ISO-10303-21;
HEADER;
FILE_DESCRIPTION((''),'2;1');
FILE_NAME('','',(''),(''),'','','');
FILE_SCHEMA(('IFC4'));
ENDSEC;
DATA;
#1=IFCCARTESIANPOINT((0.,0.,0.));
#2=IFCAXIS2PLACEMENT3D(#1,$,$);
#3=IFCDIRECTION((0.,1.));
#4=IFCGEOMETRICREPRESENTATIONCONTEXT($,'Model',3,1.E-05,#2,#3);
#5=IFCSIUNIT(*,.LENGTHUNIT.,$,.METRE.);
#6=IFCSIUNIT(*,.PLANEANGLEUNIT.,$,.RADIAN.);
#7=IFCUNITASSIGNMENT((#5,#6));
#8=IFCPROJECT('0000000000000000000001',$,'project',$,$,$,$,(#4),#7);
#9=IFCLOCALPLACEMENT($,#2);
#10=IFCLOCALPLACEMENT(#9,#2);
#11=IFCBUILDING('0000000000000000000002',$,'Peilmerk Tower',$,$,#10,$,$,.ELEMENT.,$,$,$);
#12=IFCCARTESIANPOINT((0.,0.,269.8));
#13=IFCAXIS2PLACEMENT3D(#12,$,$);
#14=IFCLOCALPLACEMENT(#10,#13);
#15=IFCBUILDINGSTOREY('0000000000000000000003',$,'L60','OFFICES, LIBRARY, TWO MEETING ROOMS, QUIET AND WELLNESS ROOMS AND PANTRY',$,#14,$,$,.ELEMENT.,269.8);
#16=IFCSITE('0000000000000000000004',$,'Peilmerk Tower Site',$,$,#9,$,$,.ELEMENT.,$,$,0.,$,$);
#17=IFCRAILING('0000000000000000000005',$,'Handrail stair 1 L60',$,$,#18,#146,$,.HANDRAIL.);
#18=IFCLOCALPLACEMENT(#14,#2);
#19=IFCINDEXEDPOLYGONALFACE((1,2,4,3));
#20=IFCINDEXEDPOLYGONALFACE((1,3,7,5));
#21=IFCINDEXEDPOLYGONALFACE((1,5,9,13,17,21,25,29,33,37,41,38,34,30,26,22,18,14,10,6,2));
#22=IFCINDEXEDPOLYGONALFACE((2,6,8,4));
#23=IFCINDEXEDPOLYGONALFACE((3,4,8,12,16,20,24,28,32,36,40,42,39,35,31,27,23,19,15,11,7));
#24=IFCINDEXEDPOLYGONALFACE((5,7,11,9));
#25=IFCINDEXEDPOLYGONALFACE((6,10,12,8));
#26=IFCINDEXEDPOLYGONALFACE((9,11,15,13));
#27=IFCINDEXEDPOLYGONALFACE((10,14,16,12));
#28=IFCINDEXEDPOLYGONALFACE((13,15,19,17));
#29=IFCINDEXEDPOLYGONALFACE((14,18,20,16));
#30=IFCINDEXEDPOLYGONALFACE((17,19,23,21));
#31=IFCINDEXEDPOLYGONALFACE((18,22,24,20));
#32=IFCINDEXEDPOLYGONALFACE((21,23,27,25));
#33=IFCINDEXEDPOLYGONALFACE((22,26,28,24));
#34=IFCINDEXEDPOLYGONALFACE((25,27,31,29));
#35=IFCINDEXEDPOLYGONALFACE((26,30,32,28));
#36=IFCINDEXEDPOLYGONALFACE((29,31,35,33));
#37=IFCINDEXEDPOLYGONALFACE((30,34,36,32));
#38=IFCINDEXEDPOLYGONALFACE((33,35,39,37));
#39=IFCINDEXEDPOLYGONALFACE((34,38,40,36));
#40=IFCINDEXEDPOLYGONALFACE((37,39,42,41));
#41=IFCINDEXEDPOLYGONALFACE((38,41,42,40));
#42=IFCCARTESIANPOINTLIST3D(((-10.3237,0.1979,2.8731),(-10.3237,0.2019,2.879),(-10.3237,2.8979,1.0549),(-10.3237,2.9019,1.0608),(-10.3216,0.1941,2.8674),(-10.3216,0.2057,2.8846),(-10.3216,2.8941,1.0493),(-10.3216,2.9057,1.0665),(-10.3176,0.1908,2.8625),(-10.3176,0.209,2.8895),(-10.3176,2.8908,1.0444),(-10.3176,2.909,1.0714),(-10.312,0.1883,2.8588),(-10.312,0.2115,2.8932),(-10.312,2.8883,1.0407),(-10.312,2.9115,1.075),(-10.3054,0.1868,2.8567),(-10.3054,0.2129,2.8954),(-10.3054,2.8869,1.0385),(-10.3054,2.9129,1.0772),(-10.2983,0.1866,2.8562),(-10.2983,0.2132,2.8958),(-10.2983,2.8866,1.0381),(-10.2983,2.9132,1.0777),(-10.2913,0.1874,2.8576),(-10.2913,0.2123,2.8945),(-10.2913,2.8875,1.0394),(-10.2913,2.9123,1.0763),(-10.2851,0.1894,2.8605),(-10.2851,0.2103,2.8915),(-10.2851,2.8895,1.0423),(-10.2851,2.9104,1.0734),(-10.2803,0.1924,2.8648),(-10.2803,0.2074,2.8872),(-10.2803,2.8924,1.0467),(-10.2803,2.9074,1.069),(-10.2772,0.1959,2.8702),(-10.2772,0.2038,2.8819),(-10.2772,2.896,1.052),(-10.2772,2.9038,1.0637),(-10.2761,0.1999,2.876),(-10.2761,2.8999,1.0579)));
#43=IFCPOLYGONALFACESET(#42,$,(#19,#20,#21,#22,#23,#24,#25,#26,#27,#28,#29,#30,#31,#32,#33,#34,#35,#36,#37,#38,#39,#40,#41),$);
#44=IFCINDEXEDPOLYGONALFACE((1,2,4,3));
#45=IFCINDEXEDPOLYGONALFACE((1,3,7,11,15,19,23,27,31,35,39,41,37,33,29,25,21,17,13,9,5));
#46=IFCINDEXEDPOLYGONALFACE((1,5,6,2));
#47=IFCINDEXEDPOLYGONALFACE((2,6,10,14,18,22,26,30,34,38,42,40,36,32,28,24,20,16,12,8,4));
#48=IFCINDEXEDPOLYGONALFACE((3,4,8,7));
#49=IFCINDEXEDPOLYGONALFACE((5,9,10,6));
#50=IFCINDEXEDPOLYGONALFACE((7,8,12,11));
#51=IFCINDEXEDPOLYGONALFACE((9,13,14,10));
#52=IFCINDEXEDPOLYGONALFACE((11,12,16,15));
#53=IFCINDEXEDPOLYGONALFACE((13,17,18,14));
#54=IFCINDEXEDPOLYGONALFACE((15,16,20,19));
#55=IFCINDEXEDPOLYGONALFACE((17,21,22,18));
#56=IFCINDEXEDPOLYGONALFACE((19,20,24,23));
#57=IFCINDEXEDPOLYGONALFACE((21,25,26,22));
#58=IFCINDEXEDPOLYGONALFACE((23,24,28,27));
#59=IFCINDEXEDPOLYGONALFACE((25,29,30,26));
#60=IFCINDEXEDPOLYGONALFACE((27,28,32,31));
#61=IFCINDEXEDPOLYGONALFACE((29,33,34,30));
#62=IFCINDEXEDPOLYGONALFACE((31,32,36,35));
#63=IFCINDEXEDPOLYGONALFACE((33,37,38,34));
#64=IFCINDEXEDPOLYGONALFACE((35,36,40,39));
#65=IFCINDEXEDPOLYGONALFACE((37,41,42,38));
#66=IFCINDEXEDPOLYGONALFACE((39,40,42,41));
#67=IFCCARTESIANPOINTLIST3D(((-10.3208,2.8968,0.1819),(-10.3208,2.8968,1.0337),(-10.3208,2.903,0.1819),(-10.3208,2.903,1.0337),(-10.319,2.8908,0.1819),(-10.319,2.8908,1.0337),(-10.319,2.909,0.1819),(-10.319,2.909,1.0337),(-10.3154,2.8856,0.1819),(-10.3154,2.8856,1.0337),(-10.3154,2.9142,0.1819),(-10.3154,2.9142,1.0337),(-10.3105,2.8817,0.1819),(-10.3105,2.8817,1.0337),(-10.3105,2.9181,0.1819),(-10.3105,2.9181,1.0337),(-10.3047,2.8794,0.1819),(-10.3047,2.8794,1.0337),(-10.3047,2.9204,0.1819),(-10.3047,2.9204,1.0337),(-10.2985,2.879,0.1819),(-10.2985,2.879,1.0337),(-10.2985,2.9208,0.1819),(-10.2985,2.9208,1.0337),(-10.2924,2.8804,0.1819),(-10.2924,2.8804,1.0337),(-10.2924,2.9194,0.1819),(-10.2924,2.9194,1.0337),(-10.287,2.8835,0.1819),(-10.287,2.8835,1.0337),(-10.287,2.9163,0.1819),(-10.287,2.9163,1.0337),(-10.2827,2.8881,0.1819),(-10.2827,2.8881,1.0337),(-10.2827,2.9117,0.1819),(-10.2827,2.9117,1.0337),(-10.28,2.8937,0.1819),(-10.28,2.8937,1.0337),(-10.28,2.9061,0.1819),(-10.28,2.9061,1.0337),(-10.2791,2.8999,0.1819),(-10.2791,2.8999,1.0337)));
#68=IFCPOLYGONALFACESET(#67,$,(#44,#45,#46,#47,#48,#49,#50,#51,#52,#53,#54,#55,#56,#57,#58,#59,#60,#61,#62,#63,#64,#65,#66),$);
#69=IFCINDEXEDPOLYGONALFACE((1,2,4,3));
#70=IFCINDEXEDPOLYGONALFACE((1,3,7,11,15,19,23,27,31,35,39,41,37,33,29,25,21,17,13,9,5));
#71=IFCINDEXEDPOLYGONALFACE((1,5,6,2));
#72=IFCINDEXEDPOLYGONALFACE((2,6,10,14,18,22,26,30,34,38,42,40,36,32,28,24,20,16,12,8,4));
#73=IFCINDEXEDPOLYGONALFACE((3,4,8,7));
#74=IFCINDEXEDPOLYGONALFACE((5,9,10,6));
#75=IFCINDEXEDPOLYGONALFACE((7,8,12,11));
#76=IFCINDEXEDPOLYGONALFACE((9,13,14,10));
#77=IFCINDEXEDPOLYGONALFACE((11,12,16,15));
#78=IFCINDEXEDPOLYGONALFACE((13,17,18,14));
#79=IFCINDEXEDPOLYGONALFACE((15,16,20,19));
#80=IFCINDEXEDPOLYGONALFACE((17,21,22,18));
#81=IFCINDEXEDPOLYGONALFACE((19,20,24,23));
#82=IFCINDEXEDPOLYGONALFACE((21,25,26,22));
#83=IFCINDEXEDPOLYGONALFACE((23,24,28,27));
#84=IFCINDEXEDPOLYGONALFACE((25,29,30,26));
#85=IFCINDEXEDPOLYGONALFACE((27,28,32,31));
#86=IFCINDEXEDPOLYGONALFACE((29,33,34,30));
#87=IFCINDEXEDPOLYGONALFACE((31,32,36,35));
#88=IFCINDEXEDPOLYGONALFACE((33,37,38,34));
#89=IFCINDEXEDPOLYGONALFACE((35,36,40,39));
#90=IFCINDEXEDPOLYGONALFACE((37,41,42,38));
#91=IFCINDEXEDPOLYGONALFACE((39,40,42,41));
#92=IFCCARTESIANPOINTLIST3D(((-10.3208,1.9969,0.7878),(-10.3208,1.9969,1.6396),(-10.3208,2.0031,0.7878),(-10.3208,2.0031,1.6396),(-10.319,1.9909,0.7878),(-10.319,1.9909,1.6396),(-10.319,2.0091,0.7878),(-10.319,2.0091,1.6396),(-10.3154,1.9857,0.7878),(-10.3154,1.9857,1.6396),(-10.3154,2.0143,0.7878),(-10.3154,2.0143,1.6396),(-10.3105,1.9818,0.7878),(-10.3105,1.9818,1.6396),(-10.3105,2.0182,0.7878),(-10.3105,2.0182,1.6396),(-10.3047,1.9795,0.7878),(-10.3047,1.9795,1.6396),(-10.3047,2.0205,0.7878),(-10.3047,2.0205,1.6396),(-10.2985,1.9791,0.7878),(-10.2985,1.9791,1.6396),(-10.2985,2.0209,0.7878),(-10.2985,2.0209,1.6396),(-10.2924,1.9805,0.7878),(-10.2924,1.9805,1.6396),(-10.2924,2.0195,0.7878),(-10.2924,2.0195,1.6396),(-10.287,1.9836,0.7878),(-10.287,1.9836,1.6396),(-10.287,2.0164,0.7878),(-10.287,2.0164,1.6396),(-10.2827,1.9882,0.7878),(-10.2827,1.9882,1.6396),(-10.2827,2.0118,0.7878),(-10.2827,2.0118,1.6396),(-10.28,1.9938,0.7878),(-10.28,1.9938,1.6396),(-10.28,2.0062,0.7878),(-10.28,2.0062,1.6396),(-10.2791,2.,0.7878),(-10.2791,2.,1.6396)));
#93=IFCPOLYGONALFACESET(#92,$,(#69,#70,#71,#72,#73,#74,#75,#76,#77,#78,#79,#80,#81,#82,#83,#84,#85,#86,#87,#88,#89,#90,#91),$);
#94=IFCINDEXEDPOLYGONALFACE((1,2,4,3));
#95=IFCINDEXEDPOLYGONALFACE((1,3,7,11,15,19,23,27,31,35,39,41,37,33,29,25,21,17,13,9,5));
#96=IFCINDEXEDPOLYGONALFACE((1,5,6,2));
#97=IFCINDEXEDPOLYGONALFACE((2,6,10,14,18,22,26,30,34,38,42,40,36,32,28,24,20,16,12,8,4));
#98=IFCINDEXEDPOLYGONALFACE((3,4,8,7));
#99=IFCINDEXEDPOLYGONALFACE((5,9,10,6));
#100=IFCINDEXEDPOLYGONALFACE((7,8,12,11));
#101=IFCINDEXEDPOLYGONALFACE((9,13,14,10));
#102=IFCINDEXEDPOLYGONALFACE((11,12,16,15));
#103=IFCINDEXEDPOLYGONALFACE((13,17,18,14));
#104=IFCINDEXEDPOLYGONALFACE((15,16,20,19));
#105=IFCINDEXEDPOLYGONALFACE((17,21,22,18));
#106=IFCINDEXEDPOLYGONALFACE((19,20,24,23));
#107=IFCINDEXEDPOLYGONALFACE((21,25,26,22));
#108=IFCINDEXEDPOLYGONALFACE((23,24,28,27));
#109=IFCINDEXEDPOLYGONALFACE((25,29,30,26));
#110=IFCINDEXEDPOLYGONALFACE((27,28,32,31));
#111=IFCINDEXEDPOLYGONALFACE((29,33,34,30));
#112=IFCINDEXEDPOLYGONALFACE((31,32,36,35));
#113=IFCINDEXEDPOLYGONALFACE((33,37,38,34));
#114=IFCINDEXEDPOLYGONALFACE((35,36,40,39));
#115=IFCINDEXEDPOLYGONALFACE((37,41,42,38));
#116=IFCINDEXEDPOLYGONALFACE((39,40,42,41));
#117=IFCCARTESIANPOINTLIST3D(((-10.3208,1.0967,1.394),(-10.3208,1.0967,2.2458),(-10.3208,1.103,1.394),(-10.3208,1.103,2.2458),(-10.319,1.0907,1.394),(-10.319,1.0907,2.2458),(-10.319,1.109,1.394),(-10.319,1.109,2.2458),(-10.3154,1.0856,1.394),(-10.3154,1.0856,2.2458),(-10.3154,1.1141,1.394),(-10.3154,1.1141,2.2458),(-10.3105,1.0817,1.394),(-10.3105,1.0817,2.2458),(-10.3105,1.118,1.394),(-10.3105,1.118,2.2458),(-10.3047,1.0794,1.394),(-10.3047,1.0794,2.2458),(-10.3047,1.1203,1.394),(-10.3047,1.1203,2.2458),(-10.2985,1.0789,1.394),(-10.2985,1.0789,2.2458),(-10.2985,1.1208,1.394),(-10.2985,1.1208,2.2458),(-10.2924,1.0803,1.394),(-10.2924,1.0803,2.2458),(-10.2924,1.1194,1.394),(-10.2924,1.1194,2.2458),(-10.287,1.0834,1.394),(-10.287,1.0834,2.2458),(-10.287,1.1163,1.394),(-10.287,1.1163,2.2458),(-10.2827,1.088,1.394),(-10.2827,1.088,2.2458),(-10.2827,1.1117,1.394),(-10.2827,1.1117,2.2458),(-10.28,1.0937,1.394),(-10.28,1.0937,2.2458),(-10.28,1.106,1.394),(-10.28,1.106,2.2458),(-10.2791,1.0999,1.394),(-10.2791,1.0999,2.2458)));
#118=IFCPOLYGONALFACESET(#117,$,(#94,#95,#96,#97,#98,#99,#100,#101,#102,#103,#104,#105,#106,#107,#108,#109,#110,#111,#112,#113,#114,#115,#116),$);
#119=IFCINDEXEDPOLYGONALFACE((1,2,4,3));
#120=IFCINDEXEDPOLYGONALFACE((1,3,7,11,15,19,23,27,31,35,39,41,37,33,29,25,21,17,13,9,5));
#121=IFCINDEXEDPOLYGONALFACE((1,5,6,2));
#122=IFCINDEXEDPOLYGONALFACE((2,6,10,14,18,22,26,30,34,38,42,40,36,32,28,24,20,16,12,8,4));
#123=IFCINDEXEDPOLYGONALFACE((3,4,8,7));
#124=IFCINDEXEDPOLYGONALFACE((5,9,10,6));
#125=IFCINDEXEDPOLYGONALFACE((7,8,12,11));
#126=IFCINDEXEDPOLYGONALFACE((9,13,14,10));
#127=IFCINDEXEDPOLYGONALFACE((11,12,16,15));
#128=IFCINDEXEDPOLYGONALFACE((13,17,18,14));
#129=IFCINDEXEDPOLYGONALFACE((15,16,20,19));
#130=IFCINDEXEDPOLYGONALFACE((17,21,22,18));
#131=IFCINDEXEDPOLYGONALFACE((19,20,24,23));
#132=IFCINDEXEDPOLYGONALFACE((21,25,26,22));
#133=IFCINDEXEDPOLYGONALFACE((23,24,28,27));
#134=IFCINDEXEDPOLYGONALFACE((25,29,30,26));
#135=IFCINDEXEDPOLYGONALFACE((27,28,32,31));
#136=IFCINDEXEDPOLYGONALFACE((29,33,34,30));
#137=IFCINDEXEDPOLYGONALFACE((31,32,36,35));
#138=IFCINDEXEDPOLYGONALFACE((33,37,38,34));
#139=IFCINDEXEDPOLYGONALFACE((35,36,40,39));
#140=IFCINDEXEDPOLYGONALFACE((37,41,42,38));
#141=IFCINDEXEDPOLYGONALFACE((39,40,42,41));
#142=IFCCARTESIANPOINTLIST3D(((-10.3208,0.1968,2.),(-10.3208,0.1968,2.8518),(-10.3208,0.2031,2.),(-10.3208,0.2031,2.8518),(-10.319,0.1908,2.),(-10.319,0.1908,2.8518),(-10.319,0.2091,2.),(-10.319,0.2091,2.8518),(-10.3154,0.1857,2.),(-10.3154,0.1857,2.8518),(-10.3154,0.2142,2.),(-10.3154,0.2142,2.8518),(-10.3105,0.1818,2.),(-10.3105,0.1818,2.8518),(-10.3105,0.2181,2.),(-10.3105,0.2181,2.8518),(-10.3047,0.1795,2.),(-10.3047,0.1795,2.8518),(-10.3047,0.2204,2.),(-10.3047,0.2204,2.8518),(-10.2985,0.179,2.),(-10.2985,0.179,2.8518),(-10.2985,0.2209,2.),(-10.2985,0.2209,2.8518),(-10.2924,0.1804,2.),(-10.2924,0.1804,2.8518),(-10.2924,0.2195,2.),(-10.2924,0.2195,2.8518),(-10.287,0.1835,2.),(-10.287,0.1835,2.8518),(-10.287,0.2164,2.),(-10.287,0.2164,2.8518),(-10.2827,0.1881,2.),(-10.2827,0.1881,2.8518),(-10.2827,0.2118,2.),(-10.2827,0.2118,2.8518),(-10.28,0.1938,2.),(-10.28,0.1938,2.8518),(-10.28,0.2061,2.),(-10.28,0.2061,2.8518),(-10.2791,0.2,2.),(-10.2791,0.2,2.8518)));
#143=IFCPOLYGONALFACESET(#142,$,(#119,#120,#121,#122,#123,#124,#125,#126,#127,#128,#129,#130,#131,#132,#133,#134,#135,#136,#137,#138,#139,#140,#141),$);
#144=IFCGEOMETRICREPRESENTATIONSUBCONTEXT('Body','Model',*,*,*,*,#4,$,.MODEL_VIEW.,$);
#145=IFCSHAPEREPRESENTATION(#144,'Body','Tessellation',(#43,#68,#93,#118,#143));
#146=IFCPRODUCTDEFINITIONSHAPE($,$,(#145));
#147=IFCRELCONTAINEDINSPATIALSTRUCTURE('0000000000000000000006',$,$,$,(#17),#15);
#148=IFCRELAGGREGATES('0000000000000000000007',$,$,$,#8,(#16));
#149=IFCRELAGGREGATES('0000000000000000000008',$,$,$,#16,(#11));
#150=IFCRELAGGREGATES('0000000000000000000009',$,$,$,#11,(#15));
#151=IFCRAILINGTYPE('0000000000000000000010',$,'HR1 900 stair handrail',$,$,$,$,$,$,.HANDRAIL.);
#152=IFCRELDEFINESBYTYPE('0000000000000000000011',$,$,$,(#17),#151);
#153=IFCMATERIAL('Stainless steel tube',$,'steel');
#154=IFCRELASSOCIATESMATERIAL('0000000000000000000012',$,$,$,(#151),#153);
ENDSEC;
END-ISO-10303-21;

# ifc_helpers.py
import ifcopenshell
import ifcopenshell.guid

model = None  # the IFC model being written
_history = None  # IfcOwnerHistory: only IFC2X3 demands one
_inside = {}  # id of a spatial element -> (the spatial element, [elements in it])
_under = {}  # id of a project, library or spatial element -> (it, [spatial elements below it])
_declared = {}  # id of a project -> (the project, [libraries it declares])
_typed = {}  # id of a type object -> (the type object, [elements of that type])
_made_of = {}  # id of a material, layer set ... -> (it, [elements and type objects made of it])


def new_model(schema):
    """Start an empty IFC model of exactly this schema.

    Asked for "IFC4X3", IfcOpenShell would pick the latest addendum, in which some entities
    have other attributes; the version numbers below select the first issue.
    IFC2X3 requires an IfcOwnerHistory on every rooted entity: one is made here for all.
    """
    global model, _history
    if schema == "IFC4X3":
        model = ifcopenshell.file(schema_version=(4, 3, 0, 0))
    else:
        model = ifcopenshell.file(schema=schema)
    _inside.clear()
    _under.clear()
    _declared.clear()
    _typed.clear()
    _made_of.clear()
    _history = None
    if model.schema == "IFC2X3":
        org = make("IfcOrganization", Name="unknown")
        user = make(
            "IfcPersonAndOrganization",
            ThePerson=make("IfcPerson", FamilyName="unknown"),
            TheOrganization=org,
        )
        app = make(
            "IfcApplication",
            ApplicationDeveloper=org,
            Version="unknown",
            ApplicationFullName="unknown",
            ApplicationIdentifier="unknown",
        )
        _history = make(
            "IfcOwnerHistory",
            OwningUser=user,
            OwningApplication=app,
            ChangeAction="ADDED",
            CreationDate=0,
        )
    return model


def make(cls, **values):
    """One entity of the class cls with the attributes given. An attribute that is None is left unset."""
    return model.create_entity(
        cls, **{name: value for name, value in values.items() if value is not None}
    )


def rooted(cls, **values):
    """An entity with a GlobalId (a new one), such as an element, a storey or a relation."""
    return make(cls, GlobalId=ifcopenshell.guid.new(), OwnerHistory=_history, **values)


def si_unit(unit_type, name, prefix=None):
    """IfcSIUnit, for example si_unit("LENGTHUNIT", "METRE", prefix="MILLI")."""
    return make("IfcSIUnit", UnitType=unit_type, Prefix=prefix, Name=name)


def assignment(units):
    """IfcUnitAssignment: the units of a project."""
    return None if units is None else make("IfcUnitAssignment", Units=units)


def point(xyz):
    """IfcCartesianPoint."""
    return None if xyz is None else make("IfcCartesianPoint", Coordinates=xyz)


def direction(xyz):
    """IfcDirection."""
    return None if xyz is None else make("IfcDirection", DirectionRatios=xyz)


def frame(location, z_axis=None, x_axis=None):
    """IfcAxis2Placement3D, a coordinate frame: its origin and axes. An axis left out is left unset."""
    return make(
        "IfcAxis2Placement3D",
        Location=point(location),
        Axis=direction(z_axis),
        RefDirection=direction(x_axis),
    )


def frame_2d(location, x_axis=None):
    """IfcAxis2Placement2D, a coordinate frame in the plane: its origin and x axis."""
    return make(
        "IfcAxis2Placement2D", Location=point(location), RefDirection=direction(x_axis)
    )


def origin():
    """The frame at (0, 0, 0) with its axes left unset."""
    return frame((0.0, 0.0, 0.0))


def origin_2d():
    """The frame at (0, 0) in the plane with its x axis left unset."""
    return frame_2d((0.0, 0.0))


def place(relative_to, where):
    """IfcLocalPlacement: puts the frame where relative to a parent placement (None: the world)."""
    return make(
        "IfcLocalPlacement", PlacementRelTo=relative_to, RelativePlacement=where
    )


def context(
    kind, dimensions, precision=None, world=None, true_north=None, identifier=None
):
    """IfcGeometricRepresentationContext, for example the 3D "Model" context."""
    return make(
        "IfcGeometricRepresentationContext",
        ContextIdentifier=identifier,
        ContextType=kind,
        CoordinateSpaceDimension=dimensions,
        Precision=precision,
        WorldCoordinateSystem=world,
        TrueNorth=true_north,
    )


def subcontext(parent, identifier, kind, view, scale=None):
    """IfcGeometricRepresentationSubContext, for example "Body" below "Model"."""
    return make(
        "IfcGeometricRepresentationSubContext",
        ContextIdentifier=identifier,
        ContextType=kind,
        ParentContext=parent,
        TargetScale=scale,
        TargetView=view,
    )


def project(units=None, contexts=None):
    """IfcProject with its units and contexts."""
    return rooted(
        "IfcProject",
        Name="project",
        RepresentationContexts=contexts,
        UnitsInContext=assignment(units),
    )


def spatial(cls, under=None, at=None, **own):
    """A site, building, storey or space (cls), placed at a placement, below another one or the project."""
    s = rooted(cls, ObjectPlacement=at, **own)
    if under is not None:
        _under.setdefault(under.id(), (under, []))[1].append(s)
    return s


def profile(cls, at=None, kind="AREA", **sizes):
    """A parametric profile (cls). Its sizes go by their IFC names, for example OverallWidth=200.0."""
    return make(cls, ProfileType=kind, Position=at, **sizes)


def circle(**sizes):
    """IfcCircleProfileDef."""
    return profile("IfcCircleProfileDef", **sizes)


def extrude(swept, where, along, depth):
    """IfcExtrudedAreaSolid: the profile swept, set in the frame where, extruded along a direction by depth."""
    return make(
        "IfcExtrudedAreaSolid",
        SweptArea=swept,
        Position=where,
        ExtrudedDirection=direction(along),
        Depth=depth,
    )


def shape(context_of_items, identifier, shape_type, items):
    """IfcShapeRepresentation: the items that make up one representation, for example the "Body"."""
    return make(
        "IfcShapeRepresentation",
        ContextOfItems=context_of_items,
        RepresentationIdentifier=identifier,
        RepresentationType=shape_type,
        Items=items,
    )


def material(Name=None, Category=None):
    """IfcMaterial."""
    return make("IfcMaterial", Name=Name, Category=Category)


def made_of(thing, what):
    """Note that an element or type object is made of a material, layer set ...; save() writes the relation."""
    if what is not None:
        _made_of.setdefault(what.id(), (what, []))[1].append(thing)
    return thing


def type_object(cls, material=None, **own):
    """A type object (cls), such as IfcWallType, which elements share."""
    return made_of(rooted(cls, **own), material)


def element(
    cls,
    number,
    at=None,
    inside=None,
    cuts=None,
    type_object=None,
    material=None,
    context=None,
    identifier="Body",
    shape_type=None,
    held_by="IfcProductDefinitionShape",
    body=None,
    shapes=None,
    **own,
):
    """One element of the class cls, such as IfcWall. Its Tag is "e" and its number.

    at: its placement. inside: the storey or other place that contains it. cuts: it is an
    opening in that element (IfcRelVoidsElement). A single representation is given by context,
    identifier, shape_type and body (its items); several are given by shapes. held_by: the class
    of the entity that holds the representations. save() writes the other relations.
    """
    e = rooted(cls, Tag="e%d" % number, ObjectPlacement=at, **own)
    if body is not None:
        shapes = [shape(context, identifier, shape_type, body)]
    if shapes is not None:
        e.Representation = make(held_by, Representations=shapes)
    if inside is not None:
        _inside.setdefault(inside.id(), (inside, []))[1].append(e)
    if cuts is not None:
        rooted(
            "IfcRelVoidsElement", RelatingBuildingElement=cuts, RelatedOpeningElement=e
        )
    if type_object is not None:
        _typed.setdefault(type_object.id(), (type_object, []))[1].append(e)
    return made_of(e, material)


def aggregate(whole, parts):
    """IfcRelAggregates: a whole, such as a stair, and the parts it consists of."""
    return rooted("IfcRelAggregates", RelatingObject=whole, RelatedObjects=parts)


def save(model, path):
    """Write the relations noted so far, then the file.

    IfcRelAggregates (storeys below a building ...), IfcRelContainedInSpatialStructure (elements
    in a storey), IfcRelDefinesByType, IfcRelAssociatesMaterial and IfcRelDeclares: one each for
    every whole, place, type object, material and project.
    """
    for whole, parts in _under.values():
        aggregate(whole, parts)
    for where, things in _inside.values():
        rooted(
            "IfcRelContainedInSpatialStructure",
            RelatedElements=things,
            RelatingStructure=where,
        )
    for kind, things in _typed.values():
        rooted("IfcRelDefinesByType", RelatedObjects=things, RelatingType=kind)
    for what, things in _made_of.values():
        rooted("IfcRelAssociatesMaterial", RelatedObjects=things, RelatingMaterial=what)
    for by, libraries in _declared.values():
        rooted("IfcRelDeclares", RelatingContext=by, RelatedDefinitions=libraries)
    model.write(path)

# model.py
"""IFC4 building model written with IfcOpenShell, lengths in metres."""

from ifc_helpers import new_model, si_unit, direction, frame, origin, origin_2d, place, context, subcontext, project, spatial, circle, extrude, material, type_object, element, save


model = new_model("IFC4")

# Units and contexts
model_context = context("Model", 3, precision=1e-05, world=origin(), true_north=direction((0.0, 1.0)))
body_context = subcontext(model_context, "Body", "Model", "MODEL_VIEW")
ifc_project = project(units=[si_unit("LENGTHUNIT", "METRE"), si_unit("PLANEANGLEUNIT", "RADIAN")], contexts=[model_context])

# Site, building, storey
site_placement = place(None, origin())
site = spatial("IfcSite", under=ifc_project, at=site_placement, Name="Peilmerk Tower Site", CompositionType="ELEMENT", RefElevation=0.0)
building_placement = place(site_placement, origin())
building = spatial("IfcBuilding", under=site, at=building_placement, Name="Peilmerk Tower", CompositionType="ELEMENT")
storey_placement = place(building_placement, frame((0.0, 0.0, 269.8)))
storey = spatial("IfcBuildingStorey", under=building, at=storey_placement, Name="L60", Description="OFFICES, LIBRARY, TWO MEETING ROOMS, QUIET AND WELLNESS ROOMS AND PANTRY", CompositionType="ELEMENT", Elevation=269.8)

# Railing
ifc_material_1 = material(Name="Stainless steel tube", Category="steel")
railing_type_1 = type_object("IfcRailingType", Name="HR1 900 stair handrail", PredefinedType="HANDRAIL", material=ifc_material_1)
railing_1_placement = place(storey_placement, frame((-10.3, 2.8999, 0.1819)))
element("IfcRailing", 1, at=railing_1_placement, inside=storey, type_object=railing_type_1, Name="Handrail stair 1 L60", PredefinedType="HANDRAIL", context=body_context, shape_type="SweptSolid", body=[
    extrude(circle(Radius=0.0239, at=origin_2d()), frame((0.0, 0.0, 0.876), z_axis=(0.0, -0.829468, 0.558554), x_axis=(1.0, 0.0, 0.0)), (0.0, 0.0, 1.0), 3.2551),
    extrude(circle(Radius=0.021, at=origin_2d()), origin(), (0.0, 0.0, 1.0), 0.8518),
    extrude(circle(Radius=0.021, at=origin_2d()), frame((0.0, -0.8999, 0.606)), (0.0, 0.0, 1.0), 0.8518),
    extrude(circle(Radius=0.021, at=origin_2d()), frame((0.0, -1.8, 1.2122)), (0.0, 0.0, 1.0), 0.8518),
    extrude(circle(Radius=0.021, at=origin_2d()), frame((0.0, -2.7, 1.8181)), (0.0, 0.0, 1.0), 0.8518),
])

save(model, "model.ifc")
